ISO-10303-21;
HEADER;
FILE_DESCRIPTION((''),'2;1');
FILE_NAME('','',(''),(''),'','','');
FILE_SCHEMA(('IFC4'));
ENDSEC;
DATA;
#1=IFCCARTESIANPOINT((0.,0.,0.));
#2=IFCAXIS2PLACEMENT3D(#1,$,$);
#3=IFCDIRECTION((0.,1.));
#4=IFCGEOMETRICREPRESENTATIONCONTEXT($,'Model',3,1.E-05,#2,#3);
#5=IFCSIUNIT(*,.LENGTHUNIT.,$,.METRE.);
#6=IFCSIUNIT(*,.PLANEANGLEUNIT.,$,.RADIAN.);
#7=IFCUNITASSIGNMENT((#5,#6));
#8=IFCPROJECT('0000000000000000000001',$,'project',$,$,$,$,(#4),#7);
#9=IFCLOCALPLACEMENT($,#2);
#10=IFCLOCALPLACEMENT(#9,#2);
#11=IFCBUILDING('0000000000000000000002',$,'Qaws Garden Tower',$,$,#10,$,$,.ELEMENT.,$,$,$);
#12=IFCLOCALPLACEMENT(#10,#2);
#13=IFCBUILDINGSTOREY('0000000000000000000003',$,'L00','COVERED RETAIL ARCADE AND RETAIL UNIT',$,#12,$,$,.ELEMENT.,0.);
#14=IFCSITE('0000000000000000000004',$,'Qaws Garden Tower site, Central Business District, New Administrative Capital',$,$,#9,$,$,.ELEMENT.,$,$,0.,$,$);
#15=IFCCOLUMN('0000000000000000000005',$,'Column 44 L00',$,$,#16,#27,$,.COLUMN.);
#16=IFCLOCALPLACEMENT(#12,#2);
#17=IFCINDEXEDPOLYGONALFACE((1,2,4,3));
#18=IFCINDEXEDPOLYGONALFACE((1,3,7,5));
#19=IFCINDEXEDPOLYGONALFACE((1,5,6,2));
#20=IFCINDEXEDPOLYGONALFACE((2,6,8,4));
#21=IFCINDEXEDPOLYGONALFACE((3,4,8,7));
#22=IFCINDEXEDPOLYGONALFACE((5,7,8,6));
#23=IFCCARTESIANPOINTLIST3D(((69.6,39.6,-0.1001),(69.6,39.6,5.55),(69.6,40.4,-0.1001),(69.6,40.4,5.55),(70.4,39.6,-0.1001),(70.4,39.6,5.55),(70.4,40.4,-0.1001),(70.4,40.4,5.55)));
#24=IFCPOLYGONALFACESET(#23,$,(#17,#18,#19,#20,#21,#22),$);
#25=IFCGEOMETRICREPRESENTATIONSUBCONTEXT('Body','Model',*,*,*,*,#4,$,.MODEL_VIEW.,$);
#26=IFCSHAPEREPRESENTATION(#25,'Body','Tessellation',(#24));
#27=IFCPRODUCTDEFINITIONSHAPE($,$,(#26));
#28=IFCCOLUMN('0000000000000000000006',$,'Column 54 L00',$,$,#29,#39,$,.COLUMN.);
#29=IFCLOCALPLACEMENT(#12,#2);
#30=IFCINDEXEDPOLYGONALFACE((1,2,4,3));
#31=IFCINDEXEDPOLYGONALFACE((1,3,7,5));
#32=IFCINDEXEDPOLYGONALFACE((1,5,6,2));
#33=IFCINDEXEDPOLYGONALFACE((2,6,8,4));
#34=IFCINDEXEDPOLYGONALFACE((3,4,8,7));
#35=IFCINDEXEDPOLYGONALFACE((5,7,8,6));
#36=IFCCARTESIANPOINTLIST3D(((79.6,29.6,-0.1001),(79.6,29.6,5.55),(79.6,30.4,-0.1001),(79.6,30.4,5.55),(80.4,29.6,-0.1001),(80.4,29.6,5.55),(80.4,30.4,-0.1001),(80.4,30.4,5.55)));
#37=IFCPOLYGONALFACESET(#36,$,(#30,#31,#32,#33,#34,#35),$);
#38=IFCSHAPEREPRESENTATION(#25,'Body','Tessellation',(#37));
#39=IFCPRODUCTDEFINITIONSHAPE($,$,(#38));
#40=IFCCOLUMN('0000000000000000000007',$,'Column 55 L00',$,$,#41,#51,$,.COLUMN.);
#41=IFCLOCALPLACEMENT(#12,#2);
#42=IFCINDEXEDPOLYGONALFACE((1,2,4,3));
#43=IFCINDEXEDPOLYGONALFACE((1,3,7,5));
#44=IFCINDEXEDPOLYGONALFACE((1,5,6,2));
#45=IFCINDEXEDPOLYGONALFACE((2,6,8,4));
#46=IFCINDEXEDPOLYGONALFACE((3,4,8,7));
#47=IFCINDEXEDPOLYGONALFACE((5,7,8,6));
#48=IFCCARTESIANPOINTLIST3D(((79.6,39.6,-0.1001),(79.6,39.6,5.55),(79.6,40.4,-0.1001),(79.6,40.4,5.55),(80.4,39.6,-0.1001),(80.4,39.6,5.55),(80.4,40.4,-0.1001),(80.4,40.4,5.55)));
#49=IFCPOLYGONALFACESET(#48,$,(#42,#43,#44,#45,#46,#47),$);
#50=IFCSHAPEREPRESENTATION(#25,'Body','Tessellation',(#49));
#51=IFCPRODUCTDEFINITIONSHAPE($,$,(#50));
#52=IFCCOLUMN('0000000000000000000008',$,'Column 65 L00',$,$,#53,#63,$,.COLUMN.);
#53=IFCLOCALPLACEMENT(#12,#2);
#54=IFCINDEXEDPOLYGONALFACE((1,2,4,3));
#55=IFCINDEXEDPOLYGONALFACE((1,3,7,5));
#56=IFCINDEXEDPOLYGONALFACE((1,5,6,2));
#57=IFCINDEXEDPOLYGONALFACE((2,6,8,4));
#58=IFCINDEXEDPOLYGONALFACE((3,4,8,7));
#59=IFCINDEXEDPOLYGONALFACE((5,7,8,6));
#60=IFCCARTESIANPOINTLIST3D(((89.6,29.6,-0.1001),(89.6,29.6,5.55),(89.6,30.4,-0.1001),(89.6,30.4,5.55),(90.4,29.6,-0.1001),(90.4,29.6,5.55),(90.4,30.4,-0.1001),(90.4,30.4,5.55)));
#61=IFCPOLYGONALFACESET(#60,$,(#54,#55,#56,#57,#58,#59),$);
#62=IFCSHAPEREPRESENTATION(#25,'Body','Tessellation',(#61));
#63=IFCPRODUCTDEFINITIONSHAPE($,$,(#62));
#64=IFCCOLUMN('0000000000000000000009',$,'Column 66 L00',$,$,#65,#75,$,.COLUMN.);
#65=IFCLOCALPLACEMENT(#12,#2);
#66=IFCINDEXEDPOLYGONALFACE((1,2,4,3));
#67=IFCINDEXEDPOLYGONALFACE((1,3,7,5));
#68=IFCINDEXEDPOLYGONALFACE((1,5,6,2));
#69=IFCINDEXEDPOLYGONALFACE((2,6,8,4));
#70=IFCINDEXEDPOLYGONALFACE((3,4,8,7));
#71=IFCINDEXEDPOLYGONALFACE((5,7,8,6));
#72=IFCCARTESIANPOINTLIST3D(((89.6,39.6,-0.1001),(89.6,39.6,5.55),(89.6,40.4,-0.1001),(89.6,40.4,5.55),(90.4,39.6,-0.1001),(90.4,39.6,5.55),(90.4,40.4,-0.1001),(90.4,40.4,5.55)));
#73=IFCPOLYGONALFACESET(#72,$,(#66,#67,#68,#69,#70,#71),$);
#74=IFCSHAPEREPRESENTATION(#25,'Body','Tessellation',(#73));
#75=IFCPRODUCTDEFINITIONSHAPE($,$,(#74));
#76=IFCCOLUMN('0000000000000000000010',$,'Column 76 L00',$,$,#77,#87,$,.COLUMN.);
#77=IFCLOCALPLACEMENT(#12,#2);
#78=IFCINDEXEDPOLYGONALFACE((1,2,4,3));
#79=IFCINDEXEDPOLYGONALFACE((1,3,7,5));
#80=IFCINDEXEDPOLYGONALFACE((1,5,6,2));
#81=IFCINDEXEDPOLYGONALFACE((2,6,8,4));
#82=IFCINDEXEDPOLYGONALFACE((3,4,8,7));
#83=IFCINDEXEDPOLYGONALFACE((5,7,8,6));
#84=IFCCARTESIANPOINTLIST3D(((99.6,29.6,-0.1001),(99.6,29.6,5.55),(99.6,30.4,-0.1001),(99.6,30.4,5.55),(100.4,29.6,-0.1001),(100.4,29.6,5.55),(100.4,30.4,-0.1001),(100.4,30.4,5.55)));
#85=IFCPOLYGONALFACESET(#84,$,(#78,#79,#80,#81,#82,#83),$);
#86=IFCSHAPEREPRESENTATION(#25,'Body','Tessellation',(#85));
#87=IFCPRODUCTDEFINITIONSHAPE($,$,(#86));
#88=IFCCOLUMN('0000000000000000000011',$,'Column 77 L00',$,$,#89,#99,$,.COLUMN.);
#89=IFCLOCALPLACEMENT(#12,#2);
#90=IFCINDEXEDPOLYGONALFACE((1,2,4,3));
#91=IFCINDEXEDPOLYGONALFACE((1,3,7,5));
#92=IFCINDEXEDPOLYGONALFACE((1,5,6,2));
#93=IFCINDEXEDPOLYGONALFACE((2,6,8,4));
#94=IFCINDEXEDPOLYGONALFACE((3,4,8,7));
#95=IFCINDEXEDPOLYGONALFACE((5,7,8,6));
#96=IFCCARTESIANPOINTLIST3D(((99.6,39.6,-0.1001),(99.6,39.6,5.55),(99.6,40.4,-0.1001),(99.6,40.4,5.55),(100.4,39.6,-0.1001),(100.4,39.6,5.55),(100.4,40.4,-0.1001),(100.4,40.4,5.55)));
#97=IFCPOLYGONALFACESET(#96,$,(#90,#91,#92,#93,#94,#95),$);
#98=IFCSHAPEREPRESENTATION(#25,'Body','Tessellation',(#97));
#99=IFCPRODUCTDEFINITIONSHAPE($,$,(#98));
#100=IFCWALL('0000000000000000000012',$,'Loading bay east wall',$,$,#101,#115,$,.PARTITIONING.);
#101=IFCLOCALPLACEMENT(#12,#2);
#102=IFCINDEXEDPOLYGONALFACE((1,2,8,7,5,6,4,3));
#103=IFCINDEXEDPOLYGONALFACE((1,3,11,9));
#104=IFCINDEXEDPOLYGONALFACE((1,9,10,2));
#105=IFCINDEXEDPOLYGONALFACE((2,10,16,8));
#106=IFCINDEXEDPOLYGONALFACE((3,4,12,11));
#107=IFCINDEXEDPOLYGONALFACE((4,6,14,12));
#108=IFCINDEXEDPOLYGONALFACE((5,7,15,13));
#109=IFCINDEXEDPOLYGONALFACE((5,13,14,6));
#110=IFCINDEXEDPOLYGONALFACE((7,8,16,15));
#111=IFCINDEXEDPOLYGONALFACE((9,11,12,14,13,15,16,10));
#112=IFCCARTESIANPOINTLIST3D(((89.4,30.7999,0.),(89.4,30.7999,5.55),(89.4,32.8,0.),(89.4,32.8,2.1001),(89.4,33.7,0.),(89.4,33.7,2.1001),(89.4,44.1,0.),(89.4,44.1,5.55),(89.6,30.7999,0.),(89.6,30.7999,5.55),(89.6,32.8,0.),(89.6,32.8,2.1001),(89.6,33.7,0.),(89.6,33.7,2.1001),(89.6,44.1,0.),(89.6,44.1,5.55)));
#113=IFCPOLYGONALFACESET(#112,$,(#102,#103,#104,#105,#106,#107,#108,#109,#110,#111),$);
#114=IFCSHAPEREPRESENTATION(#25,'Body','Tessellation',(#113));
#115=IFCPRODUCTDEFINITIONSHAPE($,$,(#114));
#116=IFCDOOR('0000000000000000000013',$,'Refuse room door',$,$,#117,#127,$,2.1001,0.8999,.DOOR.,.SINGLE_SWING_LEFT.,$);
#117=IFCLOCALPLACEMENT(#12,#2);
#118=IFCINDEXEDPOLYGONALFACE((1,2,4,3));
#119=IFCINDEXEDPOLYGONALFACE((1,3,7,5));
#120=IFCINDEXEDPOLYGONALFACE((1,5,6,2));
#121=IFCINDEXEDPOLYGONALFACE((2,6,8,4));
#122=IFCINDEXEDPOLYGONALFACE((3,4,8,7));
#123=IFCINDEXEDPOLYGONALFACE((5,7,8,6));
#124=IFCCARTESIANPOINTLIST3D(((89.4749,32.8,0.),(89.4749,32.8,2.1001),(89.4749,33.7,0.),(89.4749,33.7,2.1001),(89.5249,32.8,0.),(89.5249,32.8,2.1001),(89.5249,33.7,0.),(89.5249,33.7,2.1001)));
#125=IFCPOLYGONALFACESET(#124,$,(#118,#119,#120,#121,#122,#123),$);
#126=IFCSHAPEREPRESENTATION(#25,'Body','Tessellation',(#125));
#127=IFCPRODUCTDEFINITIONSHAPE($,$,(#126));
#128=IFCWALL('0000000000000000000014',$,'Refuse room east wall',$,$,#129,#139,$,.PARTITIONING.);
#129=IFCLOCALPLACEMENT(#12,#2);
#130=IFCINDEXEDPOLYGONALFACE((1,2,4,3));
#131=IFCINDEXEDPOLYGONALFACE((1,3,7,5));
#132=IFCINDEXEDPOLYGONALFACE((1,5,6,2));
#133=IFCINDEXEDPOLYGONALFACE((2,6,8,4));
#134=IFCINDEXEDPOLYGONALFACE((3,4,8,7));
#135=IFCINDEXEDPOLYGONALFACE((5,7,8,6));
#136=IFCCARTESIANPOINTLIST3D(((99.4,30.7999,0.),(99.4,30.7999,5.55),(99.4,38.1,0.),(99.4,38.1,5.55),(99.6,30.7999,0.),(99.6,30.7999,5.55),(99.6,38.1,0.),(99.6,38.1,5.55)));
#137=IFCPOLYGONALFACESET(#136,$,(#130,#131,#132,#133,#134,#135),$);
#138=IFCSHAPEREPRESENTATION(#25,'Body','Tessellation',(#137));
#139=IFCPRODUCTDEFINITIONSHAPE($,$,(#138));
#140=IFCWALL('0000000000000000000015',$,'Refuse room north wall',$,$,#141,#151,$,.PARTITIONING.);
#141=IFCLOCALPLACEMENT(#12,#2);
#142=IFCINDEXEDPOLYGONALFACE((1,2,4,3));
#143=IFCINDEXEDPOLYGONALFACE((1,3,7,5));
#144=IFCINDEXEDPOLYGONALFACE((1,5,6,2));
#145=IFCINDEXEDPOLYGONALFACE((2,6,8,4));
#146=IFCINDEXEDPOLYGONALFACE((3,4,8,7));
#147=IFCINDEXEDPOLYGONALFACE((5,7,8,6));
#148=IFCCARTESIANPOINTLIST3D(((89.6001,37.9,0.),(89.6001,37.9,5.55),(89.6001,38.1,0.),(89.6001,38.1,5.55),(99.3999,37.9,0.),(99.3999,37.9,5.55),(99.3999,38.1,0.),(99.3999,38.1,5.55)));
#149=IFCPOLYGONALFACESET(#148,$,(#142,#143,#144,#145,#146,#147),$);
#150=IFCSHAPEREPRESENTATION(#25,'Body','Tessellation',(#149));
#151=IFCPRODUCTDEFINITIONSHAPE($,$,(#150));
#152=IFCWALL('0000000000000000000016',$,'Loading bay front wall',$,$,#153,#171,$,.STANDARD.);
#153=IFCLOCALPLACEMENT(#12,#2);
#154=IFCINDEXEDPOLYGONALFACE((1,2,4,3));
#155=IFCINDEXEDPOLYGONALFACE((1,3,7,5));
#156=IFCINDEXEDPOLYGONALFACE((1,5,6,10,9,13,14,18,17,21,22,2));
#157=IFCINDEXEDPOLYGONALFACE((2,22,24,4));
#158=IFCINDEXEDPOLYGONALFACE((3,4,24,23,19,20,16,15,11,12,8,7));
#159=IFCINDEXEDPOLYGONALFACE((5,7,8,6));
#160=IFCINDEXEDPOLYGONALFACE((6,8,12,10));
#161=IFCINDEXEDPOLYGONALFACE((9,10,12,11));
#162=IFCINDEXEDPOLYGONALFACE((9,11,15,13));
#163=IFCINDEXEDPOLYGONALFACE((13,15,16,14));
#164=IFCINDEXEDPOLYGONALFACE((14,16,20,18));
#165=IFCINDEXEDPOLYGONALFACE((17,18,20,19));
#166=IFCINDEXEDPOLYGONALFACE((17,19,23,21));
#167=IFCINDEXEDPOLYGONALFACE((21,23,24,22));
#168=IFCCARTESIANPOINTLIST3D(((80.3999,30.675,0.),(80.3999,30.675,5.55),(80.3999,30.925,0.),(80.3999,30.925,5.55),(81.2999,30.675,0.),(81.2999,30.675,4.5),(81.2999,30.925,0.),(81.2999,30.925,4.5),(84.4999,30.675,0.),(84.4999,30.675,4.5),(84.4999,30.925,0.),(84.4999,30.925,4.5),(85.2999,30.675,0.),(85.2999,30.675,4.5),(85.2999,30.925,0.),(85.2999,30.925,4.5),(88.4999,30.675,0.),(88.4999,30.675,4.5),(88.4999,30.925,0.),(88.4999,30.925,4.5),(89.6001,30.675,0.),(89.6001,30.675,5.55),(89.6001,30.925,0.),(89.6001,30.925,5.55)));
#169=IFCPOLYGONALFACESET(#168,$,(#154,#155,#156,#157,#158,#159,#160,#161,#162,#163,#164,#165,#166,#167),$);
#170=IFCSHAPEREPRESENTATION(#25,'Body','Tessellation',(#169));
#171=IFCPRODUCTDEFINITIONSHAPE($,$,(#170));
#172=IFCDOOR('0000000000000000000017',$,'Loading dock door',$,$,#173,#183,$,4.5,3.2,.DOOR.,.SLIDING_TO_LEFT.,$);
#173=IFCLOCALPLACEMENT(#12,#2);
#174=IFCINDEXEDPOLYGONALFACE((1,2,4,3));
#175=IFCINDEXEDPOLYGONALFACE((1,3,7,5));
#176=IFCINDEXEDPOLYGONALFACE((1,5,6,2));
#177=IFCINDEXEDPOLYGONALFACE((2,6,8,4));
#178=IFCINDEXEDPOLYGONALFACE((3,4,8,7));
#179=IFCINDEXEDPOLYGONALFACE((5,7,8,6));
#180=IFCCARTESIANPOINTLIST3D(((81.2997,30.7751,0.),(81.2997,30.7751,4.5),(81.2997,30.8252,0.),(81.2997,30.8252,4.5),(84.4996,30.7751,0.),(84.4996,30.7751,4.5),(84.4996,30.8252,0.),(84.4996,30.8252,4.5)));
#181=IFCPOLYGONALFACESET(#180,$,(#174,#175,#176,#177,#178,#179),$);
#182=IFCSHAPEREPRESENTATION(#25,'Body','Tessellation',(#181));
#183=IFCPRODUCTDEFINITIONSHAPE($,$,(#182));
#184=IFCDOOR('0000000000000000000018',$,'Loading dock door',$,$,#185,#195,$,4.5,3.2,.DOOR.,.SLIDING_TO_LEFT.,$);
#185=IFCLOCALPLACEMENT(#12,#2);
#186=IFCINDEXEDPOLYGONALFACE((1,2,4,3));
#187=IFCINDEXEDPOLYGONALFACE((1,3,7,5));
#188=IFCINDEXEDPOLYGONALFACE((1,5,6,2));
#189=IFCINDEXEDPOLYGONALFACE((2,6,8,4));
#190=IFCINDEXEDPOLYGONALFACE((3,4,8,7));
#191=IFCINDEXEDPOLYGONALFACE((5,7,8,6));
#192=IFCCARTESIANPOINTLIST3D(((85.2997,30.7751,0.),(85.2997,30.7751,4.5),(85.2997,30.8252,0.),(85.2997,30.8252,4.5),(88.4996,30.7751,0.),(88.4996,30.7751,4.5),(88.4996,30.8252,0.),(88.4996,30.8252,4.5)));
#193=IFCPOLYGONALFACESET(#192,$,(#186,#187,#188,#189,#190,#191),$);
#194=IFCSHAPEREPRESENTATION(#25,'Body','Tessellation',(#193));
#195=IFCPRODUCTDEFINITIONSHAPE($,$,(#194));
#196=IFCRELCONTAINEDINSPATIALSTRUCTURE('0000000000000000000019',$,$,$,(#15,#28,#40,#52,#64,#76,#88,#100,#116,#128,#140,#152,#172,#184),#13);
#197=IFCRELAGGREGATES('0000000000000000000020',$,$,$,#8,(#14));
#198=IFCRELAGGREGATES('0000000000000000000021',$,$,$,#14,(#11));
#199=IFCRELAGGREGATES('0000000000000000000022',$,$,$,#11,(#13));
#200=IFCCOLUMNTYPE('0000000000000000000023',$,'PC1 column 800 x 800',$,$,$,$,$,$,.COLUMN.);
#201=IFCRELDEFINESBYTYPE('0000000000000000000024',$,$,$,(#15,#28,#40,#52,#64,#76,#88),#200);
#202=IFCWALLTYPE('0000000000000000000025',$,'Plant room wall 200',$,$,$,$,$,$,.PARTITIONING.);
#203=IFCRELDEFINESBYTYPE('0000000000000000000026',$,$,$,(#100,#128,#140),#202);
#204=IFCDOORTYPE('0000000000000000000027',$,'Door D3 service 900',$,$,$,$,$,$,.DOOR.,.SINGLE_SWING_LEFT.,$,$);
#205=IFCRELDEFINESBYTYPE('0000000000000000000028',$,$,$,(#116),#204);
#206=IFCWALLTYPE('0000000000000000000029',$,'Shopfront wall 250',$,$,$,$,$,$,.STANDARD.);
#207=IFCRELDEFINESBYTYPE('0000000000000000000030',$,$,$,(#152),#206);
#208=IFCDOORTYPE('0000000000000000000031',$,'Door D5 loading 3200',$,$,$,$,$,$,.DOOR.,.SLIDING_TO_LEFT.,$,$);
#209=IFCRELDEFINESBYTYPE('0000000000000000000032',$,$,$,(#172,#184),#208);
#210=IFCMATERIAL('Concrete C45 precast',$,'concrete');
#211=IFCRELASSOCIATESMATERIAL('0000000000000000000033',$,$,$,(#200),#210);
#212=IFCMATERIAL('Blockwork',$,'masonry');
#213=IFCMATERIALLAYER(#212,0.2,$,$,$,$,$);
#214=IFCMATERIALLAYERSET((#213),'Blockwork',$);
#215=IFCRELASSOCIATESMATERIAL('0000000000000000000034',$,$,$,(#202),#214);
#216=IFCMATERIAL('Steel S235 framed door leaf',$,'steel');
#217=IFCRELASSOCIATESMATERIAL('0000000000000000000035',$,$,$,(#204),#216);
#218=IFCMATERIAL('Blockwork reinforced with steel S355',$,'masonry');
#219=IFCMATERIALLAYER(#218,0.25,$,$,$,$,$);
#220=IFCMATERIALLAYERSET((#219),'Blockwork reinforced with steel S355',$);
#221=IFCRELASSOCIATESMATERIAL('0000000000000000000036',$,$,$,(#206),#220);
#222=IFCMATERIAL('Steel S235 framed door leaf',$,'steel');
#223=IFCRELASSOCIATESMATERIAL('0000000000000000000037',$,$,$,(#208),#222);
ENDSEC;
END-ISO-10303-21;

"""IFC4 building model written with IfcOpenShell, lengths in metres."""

from ifc_helpers import new_model, si_unit, direction, frame, frame_2d, origin, origin_2d, place, context, subcontext, project, spatial, rectangle, extrude, material, layer, layer_set, material_profile, profile_set, type_object, element, fill, save


model = new_model("IFC4")

# Units and contexts
model_context = context("Model", 3, precision=1e-05, world=origin(), true_north=direction((0.0, 1.0)))
body_context = subcontext(model_context, "Body", "Model", "MODEL_VIEW")
ifc_project = project(units=[si_unit("LENGTHUNIT", "METRE"), si_unit("PLANEANGLEUNIT", "RADIAN")], contexts=[model_context])

# Site, building, storey
site_placement = place(None, origin())
site = spatial("IfcSite", under=ifc_project, at=site_placement, Name="Qaws Garden Tower site, Central Business District, New Administrative Capital", CompositionType="ELEMENT", RefElevation=0.0)
building_placement = place(site_placement, origin())
building = spatial("IfcBuilding", under=site, at=building_placement, Name="Qaws Garden Tower", CompositionType="ELEMENT")
storey_placement = place(building_placement, origin())
storey = spatial("IfcBuildingStorey", under=building, at=storey_placement, Name="L00", Description="COVERED RETAIL ARCADE AND RETAIL UNIT", CompositionType="ELEMENT", Elevation=0.0)

# Columns
ifc_material_1 = material(Name="Concrete C45 precast", Category="concrete")
ifc_material_profile = material_profile(ifc_material_1, rectangle(XDim=0.8, YDim=0.8, at=origin_2d()), Name="PC1 column 800 x 800")
ifc_profile_set = profile_set([ifc_material_profile], Name="Concrete C45 precast")
column_type = type_object("IfcColumnType", Name="PC1 column 800 x 800", PredefinedType="COLUMN", material=ifc_profile_set)
for number, where, z_axis, x_axis, name in (
    (1, (70.0, 40.0, -0.1001), (0.0, 0.0, 1.0), (1.0, 0.0, 0.0), "Column 44 L00"),
    (2, (80.0, 30.0, -0.1001), (0.0, 0.0, 1.0), (1.0, 0.0, 0.0), "Column 54 L00"),
    (3, (80.0, 40.0, -0.1001), (0.0, 0.0, 1.0), (1.0, 0.0, 0.0), "Column 55 L00"),
    (4, (90.0, 30.0, -0.1001), (0.0, 0.0, 1.0), (1.0, 0.0, 0.0), "Column 65 L00"),
    (5, (90.0, 40.0, -0.1001), (0.0, 0.0, 1.0), (1.0, 0.0, 0.0), "Column 66 L00"),
    (6, (100.0, 30.0, -0.1001), (0.0, 0.0, 1.0), (1.0, 0.0, 0.0), "Column 76 L00"),
    (7, (100.0, 40.0, -0.1001), (0.0, 0.0, 1.0), (1.0, 0.0, 0.0), "Column 77 L00"),
):
    element("IfcColumn", number, at=place(storey_placement, frame(where, z_axis=z_axis, x_axis=x_axis)), inside=storey, type_object=column_type, Name=name, PredefinedType="COLUMN", context=body_context, shape_type="SweptSolid", body=[
        extrude(rectangle(XDim=0.8, YDim=0.8, at=origin_2d()), origin(), (0.0, 0.0, 1.0), 5.6501),
    ])

# Wall, opening, door
ifc_material_2 = material(Name="Blockwork", Category="masonry")
ifc_layer_1 = layer(ifc_material_2, 0.2)
ifc_layer_set_1 = layer_set([ifc_layer_1], Name="Blockwork")
wall_type_1 = type_object("IfcWallType", Name="Plant room wall 200", PredefinedType="PARTITIONING", material=ifc_layer_set_1)
wall_1_placement = place(storey_placement, frame((89.5, 30.8, 0.0), z_axis=(0.0, 0.0, 1.0), x_axis=(0.0, 1.0, 0.0)))
wall_1 = element("IfcWall", 8, at=wall_1_placement, inside=storey, type_object=wall_type_1, Name="Loading bay east wall", PredefinedType="PARTITIONING", context=body_context, shape_type="SweptSolid", body=[
    extrude(rectangle(XDim=13.3, YDim=0.2, at=frame_2d((6.6499, 0.0))), origin(), (0.0, 0.0, 1.0), 5.55),
])
opening_1_placement = place(wall_1_placement, frame((2.0, 0.0, 0.0)))
opening_1 = element("IfcOpeningElement", 9, at=opening_1_placement, cuts=wall_1, PredefinedType="OPENING", context=body_context, shape_type="SweptSolid", body=[
    extrude(rectangle(XDim=0.8999, YDim=2.1001, at=frame_2d((0.45, 1.05))), frame((0.0, 0.1099, 0.0), z_axis=(0.0, -1.0, 0.0), x_axis=(1.0, 0.0, 0.0)), (0.0, 0.0, 1.0), 0.22),
])
ifc_material_3 = material(Name="Steel S235 framed door leaf", Category="steel")
door_type_1 = type_object("IfcDoorType", Name="Door D3 service 900", OperationType="SINGLE_SWING_LEFT", PredefinedType="DOOR", material=ifc_material_3)
door_1_placement = place(opening_1_placement, frame((0.8999, 0.0, 0.0), z_axis=(0.0, 0.0, 1.0), x_axis=(-1.0, 0.0, 0.0)))
door_1 = element("IfcDoor", 10, at=door_1_placement, inside=storey, type_object=door_type_1, Name="Refuse room door", OperationType="SINGLE_SWING_LEFT", OverallHeight=2.1001, OverallWidth=0.8999, PredefinedType="DOOR", context=body_context, shape_type="SweptSolid", body=[
    extrude(rectangle(XDim=0.8999, YDim=2.1001, at=frame_2d((0.45, 1.05))), frame((0.0, 0.0249, 0.0), z_axis=(0.0, -1.0, 0.0), x_axis=(1.0, 0.0, 0.0)), (0.0, 0.0, 1.0), 0.05),
])
fill(opening_1, door_1)

# Walls
wall_2_placement = place(storey_placement, frame((99.5, 30.8, 0.0), z_axis=(0.0, 0.0, 1.0), x_axis=(0.0, 1.0, 0.0)))
element("IfcWall", 11, at=wall_2_placement, inside=storey, type_object=wall_type_1, Name="Refuse room east wall", PredefinedType="PARTITIONING", context=body_context, shape_type="SweptSolid", body=[
    extrude(rectangle(XDim=7.3, YDim=0.2, at=frame_2d((3.6499, 0.0))), origin(), (0.0, 0.0, 1.0), 5.55),
])
wall_3_placement = place(storey_placement, frame((89.6001, 38.0, 0.0), z_axis=(0.0, 0.0, 1.0), x_axis=(1.0, 0.0, 0.0)))
element("IfcWall", 12, at=wall_3_placement, inside=storey, type_object=wall_type_1, Name="Refuse room north wall", PredefinedType="PARTITIONING", context=body_context, shape_type="SweptSolid", body=[
    extrude(rectangle(XDim=9.7998, YDim=0.2, at=frame_2d((4.8999, 0.0))), origin(), (0.0, 0.0, 1.0), 5.55),
])

# Wall, openings, doors
ifc_material_4 = material(Name="Blockwork reinforced with steel S355", Category="masonry")
ifc_layer_2 = layer(ifc_material_4, 0.25)
ifc_layer_set_2 = layer_set([ifc_layer_2], Name="Blockwork reinforced with steel S355")
wall_type_2 = type_object("IfcWallType", Name="Shopfront wall 250", PredefinedType="STANDARD", material=ifc_layer_set_2)
wall_4_placement = place(storey_placement, frame((80.3999, 30.8, 0.0), z_axis=(0.0, 0.0, 1.0), x_axis=(1.0, 0.0, 0.0)))
wall_4 = element("IfcWall", 13, at=wall_4_placement, inside=storey, type_object=wall_type_2, Name="Loading bay front wall", PredefinedType="STANDARD", context=body_context, shape_type="SweptSolid", body=[
    extrude(rectangle(XDim=9.2002, YDim=0.25, at=frame_2d((4.6001, 0.0))), origin(), (0.0, 0.0, 1.0), 5.55),
])
opening_2_placement = place(wall_4_placement, frame((0.8999, 0.0, 0.0)))
opening_2 = element("IfcOpeningElement", 14, at=opening_2_placement, cuts=wall_4, PredefinedType="OPENING", context=body_context, shape_type="SweptSolid", body=[
    extrude(rectangle(XDim=3.2, YDim=4.5, at=frame_2d((1.6001, 2.25))), frame((0.0, 0.135, 0.0), z_axis=(0.0, -1.0, 0.0), x_axis=(1.0, 0.0, 0.0)), (0.0, 0.0, 1.0), 0.27),
])
opening_3_placement = place(wall_4_placement, frame((4.8999, 0.0, 0.0)))
opening_3 = element("IfcOpeningElement", 15, at=opening_3_placement, cuts=wall_4, PredefinedType="OPENING", context=body_context, shape_type="SweptSolid", body=[
    extrude(rectangle(XDim=3.2, YDim=4.5, at=frame_2d((1.6001, 2.25))), frame((0.0, 0.135, 0.0), z_axis=(0.0, -1.0, 0.0), x_axis=(1.0, 0.0, 0.0)), (0.0, 0.0, 1.0), 0.27),
])
ifc_material_5 = material(Name="Steel S235 framed door leaf", Category="steel")
door_type_2 = type_object("IfcDoorType", Name="Door D5 loading 3200", OperationType="SLIDING_TO_LEFT", PredefinedType="DOOR", material=ifc_material_5)
door_2_placement = place(opening_2_placement, frame((3.2, 0.0, 0.0), z_axis=(0.0, 0.0, 1.0), x_axis=(-1.0, 0.0, 0.0)))
door_2 = element("IfcDoor", 16, at=door_2_placement, inside=storey, type_object=door_type_2, Name="Loading dock door", OperationType="SLIDING_TO_LEFT", OverallHeight=4.5, OverallWidth=3.2, PredefinedType="DOOR", context=body_context, shape_type="SweptSolid", body=[
    extrude(rectangle(XDim=3.2, YDim=4.5, at=frame_2d((1.6001, 2.25))), frame((0.0, 0.0249, 0.0), z_axis=(0.0, -1.0, 0.0), x_axis=(1.0, 0.0, 0.0)), (0.0, 0.0, 1.0), 0.05),
])
fill(opening_2, door_2)
door_3_placement = place(opening_3_placement, frame((3.2, 0.0, 0.0), z_axis=(0.0, 0.0, 1.0), x_axis=(-1.0, 0.0, 0.0)))
door_3 = element("IfcDoor", 17, at=door_3_placement, inside=storey, type_object=door_type_2, Name="Loading dock door", OperationType="SLIDING_TO_LEFT", OverallHeight=4.5, OverallWidth=3.2, PredefinedType="DOOR", context=body_context, shape_type="SweptSolid", body=[
    extrude(rectangle(XDim=3.2, YDim=4.5, at=frame_2d((1.6001, 2.25))), frame((0.0, 0.0249, 0.0), z_axis=(0.0, -1.0, 0.0), x_axis=(1.0, 0.0, 0.0)), (0.0, 0.0, 1.0), 0.05),
])
fill(opening_3, door_3)

save(model, "model.ifc")
